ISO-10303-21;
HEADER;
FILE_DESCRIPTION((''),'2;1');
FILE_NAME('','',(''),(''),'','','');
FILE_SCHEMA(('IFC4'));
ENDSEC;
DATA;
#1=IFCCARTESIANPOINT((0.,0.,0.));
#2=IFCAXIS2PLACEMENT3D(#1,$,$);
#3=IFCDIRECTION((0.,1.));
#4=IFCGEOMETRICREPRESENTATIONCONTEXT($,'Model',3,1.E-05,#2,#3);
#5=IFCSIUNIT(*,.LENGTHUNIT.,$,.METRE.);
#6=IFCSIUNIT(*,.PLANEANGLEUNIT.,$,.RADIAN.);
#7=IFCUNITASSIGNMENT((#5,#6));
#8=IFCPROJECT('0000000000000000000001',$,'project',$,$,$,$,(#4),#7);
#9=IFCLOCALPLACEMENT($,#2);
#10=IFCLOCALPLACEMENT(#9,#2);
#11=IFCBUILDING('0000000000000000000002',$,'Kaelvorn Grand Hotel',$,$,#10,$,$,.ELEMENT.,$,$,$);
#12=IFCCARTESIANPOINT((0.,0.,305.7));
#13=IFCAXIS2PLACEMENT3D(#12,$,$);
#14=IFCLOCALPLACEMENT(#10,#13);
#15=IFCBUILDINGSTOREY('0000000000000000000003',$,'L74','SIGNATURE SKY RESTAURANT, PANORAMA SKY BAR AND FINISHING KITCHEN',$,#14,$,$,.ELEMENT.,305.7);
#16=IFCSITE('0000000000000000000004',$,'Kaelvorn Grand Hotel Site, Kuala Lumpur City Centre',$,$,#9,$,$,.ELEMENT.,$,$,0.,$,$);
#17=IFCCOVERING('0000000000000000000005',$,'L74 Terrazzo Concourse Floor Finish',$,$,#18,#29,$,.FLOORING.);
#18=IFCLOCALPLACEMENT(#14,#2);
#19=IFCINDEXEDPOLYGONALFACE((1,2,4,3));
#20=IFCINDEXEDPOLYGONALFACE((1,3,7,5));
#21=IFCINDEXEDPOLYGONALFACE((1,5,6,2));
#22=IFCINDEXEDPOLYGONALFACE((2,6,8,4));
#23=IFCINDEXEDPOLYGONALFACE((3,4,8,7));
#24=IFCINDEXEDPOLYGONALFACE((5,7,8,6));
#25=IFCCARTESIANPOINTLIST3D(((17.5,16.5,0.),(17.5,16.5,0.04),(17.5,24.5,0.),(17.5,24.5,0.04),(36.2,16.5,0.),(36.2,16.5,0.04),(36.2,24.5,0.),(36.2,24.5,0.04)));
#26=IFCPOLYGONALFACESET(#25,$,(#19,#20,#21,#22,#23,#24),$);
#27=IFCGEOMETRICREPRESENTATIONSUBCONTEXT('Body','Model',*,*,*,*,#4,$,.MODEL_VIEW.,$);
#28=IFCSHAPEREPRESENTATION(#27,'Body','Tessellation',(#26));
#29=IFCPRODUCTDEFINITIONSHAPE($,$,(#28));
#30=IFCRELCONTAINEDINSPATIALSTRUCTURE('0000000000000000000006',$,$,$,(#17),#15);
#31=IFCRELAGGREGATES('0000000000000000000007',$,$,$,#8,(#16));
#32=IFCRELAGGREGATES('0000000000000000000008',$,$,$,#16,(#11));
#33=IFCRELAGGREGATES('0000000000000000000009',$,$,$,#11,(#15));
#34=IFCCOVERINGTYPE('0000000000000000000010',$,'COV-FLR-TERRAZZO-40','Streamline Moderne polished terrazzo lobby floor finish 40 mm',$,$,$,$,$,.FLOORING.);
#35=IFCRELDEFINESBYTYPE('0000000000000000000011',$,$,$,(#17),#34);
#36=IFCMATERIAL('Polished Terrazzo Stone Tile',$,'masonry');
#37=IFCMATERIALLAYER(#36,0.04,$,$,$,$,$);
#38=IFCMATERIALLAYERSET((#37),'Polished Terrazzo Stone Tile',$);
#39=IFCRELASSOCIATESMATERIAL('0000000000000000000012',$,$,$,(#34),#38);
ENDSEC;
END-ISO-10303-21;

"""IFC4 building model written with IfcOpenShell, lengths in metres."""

from ifc_helpers import new_model, si_unit, direction, frame, origin, place, context, subcontext, project, spatial, polyline, outline, extrude, material, layer, layer_set, type_object, element, save


model = new_model("IFC4")

# Units and contexts
model_context = context("Model", 3, precision=1e-05, world=origin(), true_north=direction((0.0, 1.0)))
body_context = subcontext(model_context, "Body", "Model", "MODEL_VIEW")
ifc_project = project(units=[si_unit("LENGTHUNIT", "METRE"), si_unit("PLANEANGLEUNIT", "RADIAN")], contexts=[model_context])

# Site, building, storey
site_placement = place(None, origin())
site = spatial("IfcSite", under=ifc_project, at=site_placement, Name="Kaelvorn Grand Hotel Site, Kuala Lumpur City Centre", CompositionType="ELEMENT", RefElevation=0.0)
building_placement = place(site_placement, origin())
building = spatial("IfcBuilding", under=site, at=building_placement, Name="Kaelvorn Grand Hotel", CompositionType="ELEMENT")
storey_placement = place(building_placement, frame((0.0, 0.0, 305.7)))
storey = spatial("IfcBuildingStorey", under=building, at=storey_placement, Name="L74", Description="SIGNATURE SKY RESTAURANT, PANORAMA SKY BAR AND FINISHING KITCHEN", CompositionType="ELEMENT", Elevation=305.7)

# Covering
ifc_material_1 = material(Name="Polished Terrazzo Stone Tile", Category="masonry")
ifc_layer_1 = layer(ifc_material_1, 0.04)
ifc_layer_set_1 = layer_set([ifc_layer_1], Name="Polished Terrazzo Stone Tile")
covering_type_1 = type_object("IfcCoveringType", Name="COV-FLR-TERRAZZO-40", Description="Streamline Moderne polished terrazzo lobby floor finish 40 mm", PredefinedType="FLOORING", material=ifc_layer_set_1)
covering_1_placement = place(storey_placement, origin())
element("IfcCovering", 1, at=covering_1_placement, inside=storey, type_object=covering_type_1, Name="L74 Terrazzo Concourse Floor Finish", PredefinedType="FLOORING", context=body_context, shape_type="SweptSolid", body=[
    extrude(outline(polyline([(17.5, 16.5), (36.2, 16.5), (36.2, 24.5), (17.5, 24.5), (17.5, 16.5)])), origin(), (0.0, 0.0, 1.0), 0.04),
])

save(model, "model.ifc")
